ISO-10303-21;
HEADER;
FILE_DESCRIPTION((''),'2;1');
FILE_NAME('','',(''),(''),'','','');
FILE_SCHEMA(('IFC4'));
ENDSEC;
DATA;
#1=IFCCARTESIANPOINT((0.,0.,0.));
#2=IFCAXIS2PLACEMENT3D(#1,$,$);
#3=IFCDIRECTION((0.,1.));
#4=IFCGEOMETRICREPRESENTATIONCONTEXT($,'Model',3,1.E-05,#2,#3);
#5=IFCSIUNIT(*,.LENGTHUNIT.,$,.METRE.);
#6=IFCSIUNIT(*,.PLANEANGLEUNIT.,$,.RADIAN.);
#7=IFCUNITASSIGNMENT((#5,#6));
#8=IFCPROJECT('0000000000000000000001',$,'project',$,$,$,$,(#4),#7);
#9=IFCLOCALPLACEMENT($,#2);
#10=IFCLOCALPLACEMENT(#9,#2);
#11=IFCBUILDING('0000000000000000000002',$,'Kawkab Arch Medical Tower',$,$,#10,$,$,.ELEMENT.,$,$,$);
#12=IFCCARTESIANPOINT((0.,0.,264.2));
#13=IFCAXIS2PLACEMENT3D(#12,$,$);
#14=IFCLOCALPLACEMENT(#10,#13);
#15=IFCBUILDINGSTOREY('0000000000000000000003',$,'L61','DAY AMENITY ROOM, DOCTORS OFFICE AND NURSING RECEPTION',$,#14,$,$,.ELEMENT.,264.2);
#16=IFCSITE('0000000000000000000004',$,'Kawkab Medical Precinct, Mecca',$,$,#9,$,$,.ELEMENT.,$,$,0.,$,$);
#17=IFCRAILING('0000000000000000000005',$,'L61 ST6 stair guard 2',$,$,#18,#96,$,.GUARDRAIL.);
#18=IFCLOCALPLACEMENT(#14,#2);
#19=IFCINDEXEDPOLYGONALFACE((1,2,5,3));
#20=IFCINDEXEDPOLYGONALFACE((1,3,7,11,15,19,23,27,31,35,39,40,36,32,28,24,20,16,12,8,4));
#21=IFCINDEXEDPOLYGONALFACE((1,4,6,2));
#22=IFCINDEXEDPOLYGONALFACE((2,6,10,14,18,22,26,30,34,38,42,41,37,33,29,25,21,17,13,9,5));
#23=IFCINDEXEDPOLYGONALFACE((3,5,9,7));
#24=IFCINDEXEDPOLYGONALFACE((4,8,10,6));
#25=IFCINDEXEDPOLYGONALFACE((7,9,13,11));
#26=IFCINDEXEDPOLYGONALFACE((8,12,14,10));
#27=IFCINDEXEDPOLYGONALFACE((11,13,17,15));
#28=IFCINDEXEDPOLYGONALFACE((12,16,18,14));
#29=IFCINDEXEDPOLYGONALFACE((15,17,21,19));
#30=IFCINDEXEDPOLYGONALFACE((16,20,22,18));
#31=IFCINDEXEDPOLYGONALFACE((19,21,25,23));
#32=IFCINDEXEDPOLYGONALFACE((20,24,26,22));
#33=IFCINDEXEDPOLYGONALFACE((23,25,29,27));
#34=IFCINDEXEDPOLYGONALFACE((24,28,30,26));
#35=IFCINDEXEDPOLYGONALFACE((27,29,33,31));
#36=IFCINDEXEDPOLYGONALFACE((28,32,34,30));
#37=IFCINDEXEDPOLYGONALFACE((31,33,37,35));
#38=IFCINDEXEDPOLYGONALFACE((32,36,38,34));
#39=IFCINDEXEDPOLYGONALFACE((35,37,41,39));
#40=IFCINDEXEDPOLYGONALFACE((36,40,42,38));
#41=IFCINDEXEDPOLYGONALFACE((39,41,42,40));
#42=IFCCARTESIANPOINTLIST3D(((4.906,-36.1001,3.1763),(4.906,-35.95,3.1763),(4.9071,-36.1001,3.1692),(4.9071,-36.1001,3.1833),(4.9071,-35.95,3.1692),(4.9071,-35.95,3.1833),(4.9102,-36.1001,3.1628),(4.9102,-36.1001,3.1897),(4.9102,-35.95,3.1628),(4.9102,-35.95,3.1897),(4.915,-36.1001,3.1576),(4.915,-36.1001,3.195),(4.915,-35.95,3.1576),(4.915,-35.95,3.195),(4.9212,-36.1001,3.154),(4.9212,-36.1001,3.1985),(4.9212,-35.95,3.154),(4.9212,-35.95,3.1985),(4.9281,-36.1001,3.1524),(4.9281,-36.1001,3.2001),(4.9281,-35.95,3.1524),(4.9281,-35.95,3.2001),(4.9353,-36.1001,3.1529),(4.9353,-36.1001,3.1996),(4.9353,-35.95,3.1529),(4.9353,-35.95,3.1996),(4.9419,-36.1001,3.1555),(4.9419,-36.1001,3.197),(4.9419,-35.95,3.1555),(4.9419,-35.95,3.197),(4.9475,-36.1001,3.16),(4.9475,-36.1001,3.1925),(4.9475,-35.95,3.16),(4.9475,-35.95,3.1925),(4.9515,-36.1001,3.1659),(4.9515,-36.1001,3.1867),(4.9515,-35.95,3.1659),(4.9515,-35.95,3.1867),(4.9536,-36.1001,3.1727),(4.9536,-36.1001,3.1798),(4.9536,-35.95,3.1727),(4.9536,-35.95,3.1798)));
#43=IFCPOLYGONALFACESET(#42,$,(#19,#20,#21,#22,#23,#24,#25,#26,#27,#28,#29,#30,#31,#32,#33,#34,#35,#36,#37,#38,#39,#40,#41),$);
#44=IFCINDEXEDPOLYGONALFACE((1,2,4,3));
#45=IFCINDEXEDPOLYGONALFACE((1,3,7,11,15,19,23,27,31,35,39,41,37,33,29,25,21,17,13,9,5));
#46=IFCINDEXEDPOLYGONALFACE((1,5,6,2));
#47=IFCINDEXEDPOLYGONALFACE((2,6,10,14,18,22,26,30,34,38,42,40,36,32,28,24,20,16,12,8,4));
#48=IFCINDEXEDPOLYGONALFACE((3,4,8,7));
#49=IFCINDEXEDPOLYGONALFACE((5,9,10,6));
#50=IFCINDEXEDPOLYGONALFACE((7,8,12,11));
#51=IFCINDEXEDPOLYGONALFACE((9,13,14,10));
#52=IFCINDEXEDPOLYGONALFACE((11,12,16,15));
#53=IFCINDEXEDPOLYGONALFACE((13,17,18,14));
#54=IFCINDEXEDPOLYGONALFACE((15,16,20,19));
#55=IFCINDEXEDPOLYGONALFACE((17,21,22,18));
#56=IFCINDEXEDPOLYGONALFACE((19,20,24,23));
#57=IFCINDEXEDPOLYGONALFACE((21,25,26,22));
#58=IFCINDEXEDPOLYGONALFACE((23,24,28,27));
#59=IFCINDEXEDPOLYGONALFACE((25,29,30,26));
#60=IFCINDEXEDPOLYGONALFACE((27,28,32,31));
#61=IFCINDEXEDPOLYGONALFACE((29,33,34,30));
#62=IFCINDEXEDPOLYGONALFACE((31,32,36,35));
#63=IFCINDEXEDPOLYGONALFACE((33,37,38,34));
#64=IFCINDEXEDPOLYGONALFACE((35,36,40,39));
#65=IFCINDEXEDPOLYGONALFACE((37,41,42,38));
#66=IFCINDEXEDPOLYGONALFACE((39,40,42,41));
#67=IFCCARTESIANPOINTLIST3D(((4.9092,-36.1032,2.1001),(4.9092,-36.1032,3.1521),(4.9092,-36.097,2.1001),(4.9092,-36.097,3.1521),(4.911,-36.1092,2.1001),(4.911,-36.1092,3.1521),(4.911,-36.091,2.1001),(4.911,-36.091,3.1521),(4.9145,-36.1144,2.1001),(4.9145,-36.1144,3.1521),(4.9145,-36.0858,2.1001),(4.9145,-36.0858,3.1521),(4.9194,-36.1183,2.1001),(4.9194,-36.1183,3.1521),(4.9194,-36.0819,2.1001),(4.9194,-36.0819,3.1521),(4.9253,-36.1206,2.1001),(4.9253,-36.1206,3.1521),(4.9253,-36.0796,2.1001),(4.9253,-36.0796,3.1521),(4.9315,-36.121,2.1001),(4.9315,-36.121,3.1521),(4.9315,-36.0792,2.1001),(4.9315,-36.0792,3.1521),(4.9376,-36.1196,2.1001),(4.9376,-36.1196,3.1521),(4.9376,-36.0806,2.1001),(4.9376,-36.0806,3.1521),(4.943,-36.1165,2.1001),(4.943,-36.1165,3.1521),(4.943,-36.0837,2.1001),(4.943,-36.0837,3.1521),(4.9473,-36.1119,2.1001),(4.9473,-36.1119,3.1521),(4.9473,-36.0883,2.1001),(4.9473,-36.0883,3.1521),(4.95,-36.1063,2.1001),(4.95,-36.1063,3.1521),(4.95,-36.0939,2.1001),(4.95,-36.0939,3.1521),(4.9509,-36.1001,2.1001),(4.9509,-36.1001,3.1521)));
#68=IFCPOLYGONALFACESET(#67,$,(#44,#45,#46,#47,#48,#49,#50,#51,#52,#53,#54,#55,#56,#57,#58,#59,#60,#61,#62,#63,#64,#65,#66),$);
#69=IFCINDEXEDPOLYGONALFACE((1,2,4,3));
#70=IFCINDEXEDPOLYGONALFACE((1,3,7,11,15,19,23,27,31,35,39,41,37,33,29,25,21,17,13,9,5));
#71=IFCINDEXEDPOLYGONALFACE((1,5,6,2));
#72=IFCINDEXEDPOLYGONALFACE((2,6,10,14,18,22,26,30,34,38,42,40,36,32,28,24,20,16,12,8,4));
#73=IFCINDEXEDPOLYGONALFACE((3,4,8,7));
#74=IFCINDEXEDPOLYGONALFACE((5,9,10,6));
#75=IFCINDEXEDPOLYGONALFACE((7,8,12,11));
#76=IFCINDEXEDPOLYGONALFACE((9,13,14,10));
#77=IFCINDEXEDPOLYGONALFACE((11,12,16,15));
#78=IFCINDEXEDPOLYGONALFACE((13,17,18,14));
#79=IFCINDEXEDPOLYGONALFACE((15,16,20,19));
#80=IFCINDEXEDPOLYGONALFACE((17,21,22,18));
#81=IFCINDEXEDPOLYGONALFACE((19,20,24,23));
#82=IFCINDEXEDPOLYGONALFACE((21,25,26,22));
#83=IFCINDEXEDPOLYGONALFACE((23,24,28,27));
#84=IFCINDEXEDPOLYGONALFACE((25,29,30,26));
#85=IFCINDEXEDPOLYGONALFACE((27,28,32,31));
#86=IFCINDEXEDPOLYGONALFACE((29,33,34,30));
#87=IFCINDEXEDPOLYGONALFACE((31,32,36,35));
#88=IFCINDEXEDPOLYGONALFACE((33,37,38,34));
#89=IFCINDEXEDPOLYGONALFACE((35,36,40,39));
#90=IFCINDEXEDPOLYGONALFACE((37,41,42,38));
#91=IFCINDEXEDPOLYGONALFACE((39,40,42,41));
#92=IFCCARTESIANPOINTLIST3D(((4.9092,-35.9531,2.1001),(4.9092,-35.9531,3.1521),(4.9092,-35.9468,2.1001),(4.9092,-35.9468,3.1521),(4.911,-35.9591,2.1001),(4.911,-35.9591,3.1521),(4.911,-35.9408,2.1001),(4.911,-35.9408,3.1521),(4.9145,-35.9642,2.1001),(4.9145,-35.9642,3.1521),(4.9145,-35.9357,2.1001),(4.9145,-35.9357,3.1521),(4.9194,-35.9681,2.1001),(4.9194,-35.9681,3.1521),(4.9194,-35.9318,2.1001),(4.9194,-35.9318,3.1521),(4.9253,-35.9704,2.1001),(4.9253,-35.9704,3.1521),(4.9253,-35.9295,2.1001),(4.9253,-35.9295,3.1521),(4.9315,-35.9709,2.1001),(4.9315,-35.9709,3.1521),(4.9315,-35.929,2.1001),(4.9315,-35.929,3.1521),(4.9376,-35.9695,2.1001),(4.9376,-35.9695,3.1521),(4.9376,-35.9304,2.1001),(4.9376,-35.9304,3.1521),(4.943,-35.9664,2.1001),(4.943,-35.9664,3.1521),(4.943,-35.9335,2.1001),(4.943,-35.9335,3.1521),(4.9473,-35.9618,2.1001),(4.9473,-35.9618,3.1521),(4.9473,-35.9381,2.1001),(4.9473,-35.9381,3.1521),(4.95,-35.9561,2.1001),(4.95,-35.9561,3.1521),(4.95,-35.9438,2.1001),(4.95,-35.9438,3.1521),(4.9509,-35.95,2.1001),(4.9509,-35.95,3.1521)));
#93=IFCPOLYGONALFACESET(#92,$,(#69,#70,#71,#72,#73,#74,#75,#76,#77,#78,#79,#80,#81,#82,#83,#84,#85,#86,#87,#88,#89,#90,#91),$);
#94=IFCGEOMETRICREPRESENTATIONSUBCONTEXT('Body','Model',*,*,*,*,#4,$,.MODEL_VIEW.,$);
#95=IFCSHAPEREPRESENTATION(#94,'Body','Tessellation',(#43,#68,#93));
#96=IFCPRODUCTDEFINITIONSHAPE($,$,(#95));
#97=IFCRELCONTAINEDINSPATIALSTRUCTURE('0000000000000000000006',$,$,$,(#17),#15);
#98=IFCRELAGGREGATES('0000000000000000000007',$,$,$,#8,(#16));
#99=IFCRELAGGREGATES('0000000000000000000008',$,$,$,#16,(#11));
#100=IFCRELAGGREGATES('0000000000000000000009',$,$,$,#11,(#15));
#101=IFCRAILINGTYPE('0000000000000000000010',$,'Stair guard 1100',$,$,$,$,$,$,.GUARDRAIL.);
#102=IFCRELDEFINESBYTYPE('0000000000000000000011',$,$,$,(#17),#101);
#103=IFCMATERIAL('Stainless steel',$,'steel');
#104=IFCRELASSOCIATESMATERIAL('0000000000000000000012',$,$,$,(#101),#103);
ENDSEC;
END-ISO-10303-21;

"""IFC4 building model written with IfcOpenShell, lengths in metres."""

from ifc_helpers import new_model, si_unit, direction, frame, origin, origin_2d, place, context, subcontext, project, spatial, circle, extrude, material, type_object, element, save


model = new_model("IFC4")

# Units and contexts
model_context = context("Model", 3, precision=1e-05, world=origin(), true_north=direction((0.0, 1.0)))
body_context = subcontext(model_context, "Body", "Model", "MODEL_VIEW")
ifc_project = project(units=[si_unit("LENGTHUNIT", "METRE"), si_unit("PLANEANGLEUNIT", "RADIAN")], contexts=[model_context])

# Site, building, storey
site_placement = place(None, origin())
site = spatial("IfcSite", under=ifc_project, at=site_placement, Name="Kawkab Medical Precinct, Mecca", CompositionType="ELEMENT", RefElevation=0.0)
building_placement = place(site_placement, origin())
building = spatial("IfcBuilding", under=site, at=building_placement, Name="Kawkab Arch Medical Tower", CompositionType="ELEMENT")
storey_placement = place(building_placement, frame((0.0, 0.0, 264.2)))
storey = spatial("IfcBuildingStorey", under=building, at=storey_placement, Name="L61", Description="DAY AMENITY ROOM, DOCTORS OFFICE AND NURSING RECEPTION", CompositionType="ELEMENT", Elevation=264.2)

# Railing
ifc_material_1 = material(Name="Stainless steel", Category="steel")
railing_type = type_object("IfcRailingType", Name="Stair guard 1100", PredefinedType="GUARDRAIL", material=ifc_material_1)
railing_1_placement = place(storey_placement, frame((4.9299, -36.1001, 2.1001)))
element("IfcRailing", 1, at=railing_1_placement, inside=storey, type_object=railing_type, Name="L61 ST6 stair guard 2", PredefinedType="GUARDRAIL", context=body_context, shape_type="SweptSolid", body=[
    extrude(circle(Radius=0.0239, at=origin_2d()), frame((0.0, 0.0, 1.0762), z_axis=(0.0, 1.0, 0.0), x_axis=(-1.0, 0.0, 0.0)), (0.0, 0.0, 1.0), 0.1501),
    extrude(circle(Radius=0.021, at=origin_2d()), origin(), (0.0, 0.0, 1.0), 1.052),
    extrude(circle(Radius=0.021, at=origin_2d()), frame((0.0, 0.1501, 0.0)), (0.0, 0.0, 1.0), 1.052),
])

save(model, "model.ifc")
